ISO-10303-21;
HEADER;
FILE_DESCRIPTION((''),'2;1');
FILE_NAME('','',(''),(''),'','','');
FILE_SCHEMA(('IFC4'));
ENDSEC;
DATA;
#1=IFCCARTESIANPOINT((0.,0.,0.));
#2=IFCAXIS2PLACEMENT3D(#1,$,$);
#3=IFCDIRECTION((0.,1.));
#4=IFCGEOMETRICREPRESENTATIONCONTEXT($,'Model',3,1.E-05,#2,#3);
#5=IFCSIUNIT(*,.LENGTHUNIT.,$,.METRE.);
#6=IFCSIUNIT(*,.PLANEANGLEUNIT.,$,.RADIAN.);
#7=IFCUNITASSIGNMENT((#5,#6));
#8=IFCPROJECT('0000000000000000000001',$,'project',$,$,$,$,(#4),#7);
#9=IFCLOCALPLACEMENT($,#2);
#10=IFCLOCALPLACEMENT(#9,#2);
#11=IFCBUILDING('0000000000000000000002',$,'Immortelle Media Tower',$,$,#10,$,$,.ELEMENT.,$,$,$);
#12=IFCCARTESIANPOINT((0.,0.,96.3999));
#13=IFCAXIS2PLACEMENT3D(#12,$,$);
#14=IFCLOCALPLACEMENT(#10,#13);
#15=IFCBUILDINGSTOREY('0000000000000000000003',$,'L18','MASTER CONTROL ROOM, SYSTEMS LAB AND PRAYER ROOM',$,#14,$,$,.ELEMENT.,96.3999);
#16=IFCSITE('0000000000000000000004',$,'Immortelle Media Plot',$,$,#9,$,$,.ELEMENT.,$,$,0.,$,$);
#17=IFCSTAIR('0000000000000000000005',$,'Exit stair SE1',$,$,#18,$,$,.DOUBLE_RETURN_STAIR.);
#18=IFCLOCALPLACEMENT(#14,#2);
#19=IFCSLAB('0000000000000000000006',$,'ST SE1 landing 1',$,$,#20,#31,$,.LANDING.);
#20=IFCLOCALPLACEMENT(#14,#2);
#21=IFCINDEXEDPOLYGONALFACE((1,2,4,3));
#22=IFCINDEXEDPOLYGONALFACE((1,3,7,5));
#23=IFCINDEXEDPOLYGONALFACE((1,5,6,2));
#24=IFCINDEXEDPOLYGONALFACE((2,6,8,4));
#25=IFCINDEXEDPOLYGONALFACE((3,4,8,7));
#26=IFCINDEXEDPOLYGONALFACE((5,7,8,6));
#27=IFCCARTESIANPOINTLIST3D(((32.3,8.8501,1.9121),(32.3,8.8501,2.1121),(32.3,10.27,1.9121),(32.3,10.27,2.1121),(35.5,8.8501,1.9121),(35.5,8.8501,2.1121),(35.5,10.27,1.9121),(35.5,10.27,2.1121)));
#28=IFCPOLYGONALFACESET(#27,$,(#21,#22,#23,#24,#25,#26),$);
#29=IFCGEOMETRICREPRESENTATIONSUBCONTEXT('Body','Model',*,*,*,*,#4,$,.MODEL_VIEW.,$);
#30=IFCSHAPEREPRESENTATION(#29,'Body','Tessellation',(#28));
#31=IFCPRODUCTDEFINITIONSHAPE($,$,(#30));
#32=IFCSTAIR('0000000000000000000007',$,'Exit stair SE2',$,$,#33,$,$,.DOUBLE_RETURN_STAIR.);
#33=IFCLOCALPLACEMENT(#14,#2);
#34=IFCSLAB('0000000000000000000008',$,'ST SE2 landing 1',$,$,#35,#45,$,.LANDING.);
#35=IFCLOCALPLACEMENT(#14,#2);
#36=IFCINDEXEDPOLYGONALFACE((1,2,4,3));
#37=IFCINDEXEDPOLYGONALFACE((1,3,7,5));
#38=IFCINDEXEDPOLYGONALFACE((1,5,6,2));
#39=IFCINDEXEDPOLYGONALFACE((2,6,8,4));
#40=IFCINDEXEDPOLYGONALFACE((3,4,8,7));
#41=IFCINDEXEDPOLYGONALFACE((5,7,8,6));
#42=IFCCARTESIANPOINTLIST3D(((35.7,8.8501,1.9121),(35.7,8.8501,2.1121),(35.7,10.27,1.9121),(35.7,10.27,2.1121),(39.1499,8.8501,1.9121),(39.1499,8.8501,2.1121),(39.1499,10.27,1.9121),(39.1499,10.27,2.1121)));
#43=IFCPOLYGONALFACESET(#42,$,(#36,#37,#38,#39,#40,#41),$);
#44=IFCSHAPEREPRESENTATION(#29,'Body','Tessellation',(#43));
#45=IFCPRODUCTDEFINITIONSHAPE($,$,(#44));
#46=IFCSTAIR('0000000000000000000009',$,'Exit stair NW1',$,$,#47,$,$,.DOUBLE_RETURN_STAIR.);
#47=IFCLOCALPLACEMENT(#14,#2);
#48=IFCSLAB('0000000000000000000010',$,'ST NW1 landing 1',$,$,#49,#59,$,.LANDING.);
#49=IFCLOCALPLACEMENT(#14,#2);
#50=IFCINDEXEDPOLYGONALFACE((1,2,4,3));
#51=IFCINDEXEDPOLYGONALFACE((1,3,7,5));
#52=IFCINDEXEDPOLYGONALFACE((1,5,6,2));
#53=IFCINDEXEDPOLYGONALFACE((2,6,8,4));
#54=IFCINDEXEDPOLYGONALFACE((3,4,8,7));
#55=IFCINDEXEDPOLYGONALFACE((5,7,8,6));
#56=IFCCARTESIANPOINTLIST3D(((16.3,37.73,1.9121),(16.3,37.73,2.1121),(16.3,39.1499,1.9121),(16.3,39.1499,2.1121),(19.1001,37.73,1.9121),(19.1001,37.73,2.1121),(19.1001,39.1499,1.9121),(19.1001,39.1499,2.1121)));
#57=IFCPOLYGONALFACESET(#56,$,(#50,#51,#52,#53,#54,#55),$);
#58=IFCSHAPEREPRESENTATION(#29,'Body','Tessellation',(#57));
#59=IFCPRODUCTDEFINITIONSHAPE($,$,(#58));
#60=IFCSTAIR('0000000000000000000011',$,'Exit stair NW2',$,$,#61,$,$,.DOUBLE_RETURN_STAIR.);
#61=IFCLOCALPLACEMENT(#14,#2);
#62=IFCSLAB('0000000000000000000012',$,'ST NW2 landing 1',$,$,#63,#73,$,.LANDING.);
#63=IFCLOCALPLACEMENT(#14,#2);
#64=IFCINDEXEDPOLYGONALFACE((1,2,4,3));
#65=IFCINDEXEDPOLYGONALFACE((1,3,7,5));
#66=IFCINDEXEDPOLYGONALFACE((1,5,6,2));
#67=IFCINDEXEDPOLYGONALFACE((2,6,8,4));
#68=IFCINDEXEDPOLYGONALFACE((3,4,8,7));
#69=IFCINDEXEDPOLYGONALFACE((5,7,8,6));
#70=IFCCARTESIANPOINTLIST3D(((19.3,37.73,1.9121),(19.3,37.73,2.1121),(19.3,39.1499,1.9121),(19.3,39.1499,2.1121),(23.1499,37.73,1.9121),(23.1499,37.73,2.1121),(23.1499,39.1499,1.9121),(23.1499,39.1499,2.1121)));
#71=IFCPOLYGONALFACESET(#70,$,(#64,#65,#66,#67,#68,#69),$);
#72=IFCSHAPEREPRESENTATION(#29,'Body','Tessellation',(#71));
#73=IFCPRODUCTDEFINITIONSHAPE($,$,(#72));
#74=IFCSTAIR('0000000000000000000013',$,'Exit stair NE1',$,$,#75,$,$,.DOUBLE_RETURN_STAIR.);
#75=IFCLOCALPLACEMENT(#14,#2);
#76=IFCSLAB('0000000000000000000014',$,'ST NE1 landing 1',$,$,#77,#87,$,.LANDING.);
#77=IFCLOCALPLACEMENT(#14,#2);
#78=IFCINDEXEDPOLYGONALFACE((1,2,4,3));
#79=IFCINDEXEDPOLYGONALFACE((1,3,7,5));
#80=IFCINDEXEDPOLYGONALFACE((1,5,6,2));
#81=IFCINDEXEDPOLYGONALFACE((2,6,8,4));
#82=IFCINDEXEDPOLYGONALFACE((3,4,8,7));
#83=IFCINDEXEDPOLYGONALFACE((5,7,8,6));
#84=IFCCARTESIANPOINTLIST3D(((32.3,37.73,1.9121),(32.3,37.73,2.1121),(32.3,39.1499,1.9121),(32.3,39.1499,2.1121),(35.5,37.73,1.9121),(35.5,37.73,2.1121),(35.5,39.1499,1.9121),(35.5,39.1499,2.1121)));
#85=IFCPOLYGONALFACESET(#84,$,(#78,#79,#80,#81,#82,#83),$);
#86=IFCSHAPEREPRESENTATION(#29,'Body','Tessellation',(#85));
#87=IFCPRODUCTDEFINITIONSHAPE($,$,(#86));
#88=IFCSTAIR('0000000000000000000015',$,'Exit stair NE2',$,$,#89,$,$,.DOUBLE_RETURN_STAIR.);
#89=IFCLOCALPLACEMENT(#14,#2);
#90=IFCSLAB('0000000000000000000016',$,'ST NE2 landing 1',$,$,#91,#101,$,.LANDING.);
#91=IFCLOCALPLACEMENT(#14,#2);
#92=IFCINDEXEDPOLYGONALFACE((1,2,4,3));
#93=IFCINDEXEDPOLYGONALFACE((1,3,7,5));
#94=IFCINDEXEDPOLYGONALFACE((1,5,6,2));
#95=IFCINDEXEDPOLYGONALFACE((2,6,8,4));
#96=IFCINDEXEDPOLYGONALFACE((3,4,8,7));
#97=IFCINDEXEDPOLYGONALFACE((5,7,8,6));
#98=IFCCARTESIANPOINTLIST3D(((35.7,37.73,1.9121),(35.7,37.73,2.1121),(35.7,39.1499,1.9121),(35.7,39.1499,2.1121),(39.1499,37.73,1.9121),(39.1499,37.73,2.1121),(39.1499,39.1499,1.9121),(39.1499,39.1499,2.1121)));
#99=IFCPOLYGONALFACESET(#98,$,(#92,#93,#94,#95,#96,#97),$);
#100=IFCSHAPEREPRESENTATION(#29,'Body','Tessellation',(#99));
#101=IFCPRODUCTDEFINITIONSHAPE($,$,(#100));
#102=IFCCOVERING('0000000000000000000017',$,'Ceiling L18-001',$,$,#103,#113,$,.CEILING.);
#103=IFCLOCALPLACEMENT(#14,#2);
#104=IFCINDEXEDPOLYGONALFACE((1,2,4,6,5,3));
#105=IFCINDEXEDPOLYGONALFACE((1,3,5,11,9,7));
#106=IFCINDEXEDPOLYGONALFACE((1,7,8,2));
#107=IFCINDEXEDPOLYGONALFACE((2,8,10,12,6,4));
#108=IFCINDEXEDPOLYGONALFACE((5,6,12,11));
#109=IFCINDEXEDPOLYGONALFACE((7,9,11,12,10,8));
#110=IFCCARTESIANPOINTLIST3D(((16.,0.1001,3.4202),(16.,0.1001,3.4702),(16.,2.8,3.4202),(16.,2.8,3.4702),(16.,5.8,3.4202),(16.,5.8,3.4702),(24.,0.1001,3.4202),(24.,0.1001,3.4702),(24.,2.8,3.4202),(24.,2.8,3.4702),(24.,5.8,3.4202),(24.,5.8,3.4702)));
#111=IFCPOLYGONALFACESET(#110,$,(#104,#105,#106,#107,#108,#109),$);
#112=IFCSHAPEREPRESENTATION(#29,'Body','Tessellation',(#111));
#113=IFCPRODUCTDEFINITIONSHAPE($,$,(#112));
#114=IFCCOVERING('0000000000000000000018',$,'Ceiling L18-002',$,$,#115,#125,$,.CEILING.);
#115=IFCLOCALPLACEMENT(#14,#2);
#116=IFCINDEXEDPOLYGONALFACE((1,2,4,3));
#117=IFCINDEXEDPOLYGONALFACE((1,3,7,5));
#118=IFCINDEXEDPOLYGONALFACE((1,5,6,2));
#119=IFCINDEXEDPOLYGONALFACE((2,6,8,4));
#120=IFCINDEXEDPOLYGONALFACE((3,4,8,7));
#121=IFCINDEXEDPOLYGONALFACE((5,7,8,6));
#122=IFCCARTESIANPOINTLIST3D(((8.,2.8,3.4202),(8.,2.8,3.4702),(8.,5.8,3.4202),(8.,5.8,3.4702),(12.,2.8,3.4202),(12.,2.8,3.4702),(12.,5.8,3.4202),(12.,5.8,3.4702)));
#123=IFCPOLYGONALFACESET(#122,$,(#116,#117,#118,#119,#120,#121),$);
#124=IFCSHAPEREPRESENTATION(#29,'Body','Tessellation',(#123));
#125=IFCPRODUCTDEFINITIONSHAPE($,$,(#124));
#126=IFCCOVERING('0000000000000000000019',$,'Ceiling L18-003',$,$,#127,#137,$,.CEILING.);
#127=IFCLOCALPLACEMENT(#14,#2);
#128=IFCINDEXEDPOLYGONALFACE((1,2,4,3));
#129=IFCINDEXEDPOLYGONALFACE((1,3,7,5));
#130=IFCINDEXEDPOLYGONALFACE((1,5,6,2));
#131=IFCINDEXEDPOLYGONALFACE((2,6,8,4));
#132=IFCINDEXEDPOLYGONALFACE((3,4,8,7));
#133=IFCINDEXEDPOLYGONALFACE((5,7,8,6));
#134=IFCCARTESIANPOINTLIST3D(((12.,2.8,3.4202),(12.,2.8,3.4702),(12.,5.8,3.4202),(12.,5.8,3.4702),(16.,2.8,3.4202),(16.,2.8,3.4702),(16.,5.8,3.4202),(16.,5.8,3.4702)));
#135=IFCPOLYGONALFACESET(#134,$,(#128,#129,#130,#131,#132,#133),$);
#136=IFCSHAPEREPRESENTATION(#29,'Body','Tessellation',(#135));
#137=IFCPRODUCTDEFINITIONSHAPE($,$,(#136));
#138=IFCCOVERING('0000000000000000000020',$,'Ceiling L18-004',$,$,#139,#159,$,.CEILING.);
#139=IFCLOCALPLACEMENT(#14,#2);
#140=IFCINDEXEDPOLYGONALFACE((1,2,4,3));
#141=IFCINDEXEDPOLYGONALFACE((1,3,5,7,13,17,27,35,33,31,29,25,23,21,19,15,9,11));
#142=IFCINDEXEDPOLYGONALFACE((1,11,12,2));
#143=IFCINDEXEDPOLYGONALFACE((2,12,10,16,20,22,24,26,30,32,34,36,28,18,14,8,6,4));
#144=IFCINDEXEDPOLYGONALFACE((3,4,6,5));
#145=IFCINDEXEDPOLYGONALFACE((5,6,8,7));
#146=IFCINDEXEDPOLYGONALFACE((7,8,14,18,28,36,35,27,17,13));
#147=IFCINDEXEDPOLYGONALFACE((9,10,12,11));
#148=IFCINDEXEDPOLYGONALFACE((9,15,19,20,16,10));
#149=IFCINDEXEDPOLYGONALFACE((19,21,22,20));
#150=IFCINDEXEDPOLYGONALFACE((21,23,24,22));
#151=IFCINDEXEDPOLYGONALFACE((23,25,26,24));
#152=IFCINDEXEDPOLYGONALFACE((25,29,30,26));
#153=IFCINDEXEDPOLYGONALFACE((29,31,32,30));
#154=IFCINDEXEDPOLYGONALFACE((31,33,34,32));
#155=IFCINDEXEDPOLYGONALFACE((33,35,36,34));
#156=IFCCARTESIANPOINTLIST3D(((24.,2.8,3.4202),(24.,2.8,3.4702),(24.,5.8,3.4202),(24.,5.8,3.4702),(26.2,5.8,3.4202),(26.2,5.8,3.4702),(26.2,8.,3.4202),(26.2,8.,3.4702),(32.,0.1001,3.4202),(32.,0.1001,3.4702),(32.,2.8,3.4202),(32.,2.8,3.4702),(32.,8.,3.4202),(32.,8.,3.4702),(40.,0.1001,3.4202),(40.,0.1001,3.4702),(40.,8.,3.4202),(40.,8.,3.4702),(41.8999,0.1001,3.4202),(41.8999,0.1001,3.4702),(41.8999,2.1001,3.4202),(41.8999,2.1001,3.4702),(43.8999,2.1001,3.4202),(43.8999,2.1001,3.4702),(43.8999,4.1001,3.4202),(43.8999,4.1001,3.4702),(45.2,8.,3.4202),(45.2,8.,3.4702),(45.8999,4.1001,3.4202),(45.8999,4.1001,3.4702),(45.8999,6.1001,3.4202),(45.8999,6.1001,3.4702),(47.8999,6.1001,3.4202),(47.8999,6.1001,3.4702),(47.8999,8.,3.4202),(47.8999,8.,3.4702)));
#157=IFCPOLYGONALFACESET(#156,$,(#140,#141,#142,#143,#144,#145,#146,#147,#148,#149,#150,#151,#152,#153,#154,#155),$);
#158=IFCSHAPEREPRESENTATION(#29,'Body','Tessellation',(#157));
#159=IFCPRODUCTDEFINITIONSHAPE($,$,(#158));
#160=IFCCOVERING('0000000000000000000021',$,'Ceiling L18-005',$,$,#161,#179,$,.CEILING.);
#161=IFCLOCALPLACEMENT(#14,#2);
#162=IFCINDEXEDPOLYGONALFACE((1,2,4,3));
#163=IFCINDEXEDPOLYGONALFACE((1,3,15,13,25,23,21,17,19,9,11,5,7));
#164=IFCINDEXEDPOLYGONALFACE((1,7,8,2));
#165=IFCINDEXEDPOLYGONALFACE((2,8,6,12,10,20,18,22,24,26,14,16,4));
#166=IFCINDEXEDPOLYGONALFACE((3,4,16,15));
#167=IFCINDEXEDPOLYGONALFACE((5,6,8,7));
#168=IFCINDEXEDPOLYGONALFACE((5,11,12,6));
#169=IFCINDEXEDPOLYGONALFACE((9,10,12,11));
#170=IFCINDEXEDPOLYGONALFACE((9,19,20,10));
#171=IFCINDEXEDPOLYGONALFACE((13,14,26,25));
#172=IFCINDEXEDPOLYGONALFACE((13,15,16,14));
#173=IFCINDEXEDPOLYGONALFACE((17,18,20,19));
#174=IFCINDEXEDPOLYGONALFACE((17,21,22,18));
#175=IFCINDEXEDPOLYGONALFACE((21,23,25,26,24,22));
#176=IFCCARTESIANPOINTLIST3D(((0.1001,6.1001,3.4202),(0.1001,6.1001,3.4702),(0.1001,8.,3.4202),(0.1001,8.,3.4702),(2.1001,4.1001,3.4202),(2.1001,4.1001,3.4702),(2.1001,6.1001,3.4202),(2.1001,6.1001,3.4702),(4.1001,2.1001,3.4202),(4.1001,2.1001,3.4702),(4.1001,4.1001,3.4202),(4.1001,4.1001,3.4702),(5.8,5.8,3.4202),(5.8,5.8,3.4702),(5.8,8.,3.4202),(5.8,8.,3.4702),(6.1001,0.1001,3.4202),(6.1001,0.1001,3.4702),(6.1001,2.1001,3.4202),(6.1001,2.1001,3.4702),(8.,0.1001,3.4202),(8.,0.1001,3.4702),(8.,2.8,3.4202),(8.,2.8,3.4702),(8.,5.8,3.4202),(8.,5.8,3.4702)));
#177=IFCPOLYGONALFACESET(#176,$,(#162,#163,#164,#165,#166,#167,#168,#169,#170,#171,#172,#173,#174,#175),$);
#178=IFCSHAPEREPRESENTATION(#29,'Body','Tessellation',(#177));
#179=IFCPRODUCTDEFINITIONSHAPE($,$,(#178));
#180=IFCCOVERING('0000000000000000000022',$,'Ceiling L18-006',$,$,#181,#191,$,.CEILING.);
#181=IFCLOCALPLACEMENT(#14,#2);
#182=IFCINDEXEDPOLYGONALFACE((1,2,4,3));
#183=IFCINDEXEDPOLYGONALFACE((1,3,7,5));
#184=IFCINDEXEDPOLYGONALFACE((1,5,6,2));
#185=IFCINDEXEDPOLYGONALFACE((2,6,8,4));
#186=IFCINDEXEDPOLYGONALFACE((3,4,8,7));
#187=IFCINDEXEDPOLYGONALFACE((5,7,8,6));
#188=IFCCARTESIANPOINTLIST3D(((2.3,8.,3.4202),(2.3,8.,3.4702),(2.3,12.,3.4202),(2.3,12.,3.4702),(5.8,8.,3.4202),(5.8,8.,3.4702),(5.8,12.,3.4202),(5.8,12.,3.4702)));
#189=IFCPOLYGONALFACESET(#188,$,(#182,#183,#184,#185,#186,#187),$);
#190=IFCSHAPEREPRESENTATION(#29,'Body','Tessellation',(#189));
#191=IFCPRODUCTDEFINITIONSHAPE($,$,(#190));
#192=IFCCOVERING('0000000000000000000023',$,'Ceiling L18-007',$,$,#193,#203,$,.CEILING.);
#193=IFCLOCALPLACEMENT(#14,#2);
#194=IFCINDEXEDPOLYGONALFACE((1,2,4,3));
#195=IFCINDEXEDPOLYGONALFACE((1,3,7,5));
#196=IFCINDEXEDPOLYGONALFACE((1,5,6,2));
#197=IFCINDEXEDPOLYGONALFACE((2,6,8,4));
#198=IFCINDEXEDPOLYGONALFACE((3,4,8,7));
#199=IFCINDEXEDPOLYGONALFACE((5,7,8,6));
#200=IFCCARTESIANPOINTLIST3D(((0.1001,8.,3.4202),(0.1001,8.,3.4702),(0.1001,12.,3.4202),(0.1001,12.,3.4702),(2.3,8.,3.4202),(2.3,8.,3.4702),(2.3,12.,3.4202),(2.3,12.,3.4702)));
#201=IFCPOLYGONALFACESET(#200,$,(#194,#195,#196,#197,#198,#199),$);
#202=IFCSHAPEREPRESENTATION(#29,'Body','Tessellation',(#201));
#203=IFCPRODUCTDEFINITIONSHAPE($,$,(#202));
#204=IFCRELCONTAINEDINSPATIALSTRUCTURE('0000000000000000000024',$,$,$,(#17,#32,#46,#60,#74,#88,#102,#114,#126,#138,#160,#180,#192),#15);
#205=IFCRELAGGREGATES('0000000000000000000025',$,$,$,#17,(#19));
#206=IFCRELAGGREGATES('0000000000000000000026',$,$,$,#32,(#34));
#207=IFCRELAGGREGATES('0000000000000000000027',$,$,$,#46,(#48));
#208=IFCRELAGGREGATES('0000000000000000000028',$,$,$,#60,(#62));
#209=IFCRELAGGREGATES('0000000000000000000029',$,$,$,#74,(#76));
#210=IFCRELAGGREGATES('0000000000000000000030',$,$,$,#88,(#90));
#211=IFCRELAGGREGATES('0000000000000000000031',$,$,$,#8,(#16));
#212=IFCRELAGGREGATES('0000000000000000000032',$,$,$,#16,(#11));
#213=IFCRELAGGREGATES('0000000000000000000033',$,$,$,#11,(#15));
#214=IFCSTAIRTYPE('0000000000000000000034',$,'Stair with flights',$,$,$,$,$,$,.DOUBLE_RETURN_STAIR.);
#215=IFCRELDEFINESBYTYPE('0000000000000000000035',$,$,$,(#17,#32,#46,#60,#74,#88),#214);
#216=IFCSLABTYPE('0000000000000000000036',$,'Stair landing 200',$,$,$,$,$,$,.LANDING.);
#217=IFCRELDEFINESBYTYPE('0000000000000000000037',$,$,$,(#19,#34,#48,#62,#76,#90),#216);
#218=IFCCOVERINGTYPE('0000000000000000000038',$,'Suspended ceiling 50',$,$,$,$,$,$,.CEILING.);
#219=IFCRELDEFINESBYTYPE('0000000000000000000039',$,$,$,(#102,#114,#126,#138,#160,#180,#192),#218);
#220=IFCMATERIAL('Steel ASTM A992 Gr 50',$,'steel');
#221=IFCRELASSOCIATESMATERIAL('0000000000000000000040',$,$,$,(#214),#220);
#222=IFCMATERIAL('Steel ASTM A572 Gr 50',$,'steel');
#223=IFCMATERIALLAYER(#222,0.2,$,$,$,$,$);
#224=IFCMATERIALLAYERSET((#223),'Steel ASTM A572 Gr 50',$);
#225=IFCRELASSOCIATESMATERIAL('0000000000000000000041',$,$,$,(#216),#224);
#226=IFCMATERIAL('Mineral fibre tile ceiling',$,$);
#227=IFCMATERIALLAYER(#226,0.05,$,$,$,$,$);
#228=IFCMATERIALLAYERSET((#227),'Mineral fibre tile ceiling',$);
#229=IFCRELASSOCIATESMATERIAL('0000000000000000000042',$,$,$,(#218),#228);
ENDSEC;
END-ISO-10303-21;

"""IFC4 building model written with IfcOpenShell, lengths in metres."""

from ifc_helpers import new_model, si_unit, direction, frame, origin, place, context, subcontext, project, spatial, polyline, outline, extrude, material, layer, layer_set, type_object, element, aggregate, save


model = new_model("IFC4")

# Units and contexts
model_context = context("Model", 3, precision=1e-05, world=origin(), true_north=direction((0.0, 1.0)))
body_context = subcontext(model_context, "Body", "Model", "MODEL_VIEW")
ifc_project = project(units=[si_unit("LENGTHUNIT", "METRE"), si_unit("PLANEANGLEUNIT", "RADIAN")], contexts=[model_context])

# Site, building, storey
site_placement = place(None, origin())
site = spatial("IfcSite", under=ifc_project, at=site_placement, Name="Immortelle Media Plot", CompositionType="ELEMENT", RefElevation=0.0)
building_placement = place(site_placement, origin())
building = spatial("IfcBuilding", under=site, at=building_placement, Name="Immortelle Media Tower", CompositionType="ELEMENT")
storey_placement = place(building_placement, frame((0.0, 0.0, 96.3999)))
storey = spatial("IfcBuildingStorey", under=building, at=storey_placement, Name="L18", Description="MASTER CONTROL ROOM, SYSTEMS LAB AND PRAYER ROOM", CompositionType="ELEMENT", Elevation=96.3999)

# Stairs, slabs
ifc_material_1 = material(Name="Steel ASTM A992 Gr 50", Category="steel")
stair_type = type_object("IfcStairType", Name="Stair with flights", PredefinedType="DOUBLE_RETURN_STAIR", material=ifc_material_1)
ifc_material_2 = material(Name="Steel ASTM A572 Gr 50", Category="steel")
ifc_layer_1 = layer(ifc_material_2, 0.2)
ifc_layer_set_1 = layer_set([ifc_layer_1], Name="Steel ASTM A572 Gr 50")
slab_type_1 = type_object("IfcSlabType", Name="Stair landing 200", PredefinedType="LANDING", material=ifc_layer_set_1)
stair_1_placement = place(storey_placement, origin())
stair_1 = element("IfcStair", 1, at=stair_1_placement, inside=storey, type_object=stair_type, Name="Exit stair SE1", PredefinedType="DOUBLE_RETURN_STAIR")
slab_1_placement = place(storey_placement, frame((0.0, 0.0, 1.9121)))
slab_1 = element("IfcSlab", 2, at=slab_1_placement, type_object=slab_type_1, Name="ST SE1 landing 1", PredefinedType="LANDING", context=body_context, shape_type="SweptSolid", body=[
    extrude(outline(polyline([(32.3, 8.8501), (35.5, 8.8501), (35.5, 10.27), (32.3, 10.27), (32.3, 8.8501)])), origin(), (0.0, 0.0, 1.0), 0.2),
])
aggregate(stair_1, [slab_1])
stair_2_placement = place(storey_placement, origin())
stair_2 = element("IfcStair", 3, at=stair_2_placement, inside=storey, type_object=stair_type, Name="Exit stair SE2", PredefinedType="DOUBLE_RETURN_STAIR")
slab_2_placement = place(storey_placement, frame((0.0, 0.0, 1.9121)))
slab_2 = element("IfcSlab", 4, at=slab_2_placement, type_object=slab_type_1, Name="ST SE2 landing 1", PredefinedType="LANDING", context=body_context, shape_type="SweptSolid", body=[
    extrude(outline(polyline([(35.7, 8.8501), (39.1499, 8.8501), (39.1499, 10.27), (35.7, 10.27), (35.7, 8.8501)])), origin(), (0.0, 0.0, 1.0), 0.2),
])
aggregate(stair_2, [slab_2])
stair_3_placement = place(storey_placement, origin())
stair_3 = element("IfcStair", 5, at=stair_3_placement, inside=storey, type_object=stair_type, Name="Exit stair NW1", PredefinedType="DOUBLE_RETURN_STAIR")
slab_3_placement = place(storey_placement, frame((0.0, 0.0, 1.9121)))
slab_3 = element("IfcSlab", 6, at=slab_3_placement, type_object=slab_type_1, Name="ST NW1 landing 1", PredefinedType="LANDING", context=body_context, shape_type="SweptSolid", body=[
    extrude(outline(polyline([(16.3, 37.73), (19.1001, 37.73), (19.1001, 39.1499), (16.3, 39.1499), (16.3, 37.73)])), origin(), (0.0, 0.0, 1.0), 0.2),
])
aggregate(stair_3, [slab_3])
stair_4_placement = place(storey_placement, origin())
stair_4 = element("IfcStair", 7, at=stair_4_placement, inside=storey, type_object=stair_type, Name="Exit stair NW2", PredefinedType="DOUBLE_RETURN_STAIR")
slab_4_placement = place(storey_placement, frame((0.0, 0.0, 1.9121)))
slab_4 = element("IfcSlab", 8, at=slab_4_placement, type_object=slab_type_1, Name="ST NW2 landing 1", PredefinedType="LANDING", context=body_context, shape_type="SweptSolid", body=[
    extrude(outline(polyline([(19.3, 37.73), (23.1499, 37.73), (23.1499, 39.1499), (19.3, 39.1499), (19.3, 37.73)])), origin(), (0.0, 0.0, 1.0), 0.2),
])
aggregate(stair_4, [slab_4])
stair_5_placement = place(storey_placement, origin())
stair_5 = element("IfcStair", 9, at=stair_5_placement, inside=storey, type_object=stair_type, Name="Exit stair NE1", PredefinedType="DOUBLE_RETURN_STAIR")
slab_5_placement = place(storey_placement, frame((0.0, 0.0, 1.9121)))
slab_5 = element("IfcSlab", 10, at=slab_5_placement, type_object=slab_type_1, Name="ST NE1 landing 1", PredefinedType="LANDING", context=body_context, shape_type="SweptSolid", body=[
    extrude(outline(polyline([(32.3, 37.73), (35.5, 37.73), (35.5, 39.1499), (32.3, 39.1499), (32.3, 37.73)])), origin(), (0.0, 0.0, 1.0), 0.2),
])
aggregate(stair_5, [slab_5])
stair_6_placement = place(storey_placement, origin())
stair_6 = element("IfcStair", 11, at=stair_6_placement, inside=storey, type_object=stair_type, Name="Exit stair NE2", PredefinedType="DOUBLE_RETURN_STAIR")
slab_6_placement = place(storey_placement, frame((0.0, 0.0, 1.9121)))
slab_6 = element("IfcSlab", 12, at=slab_6_placement, type_object=slab_type_1, Name="ST NE2 landing 1", PredefinedType="LANDING", context=body_context, shape_type="SweptSolid", body=[
    extrude(outline(polyline([(35.7, 37.73), (39.1499, 37.73), (39.1499, 39.1499), (35.7, 39.1499), (35.7, 37.73)])), origin(), (0.0, 0.0, 1.0), 0.2),
])
aggregate(stair_6, [slab_6])

# Coverings
ifc_material_3 = material(Name="Mineral fibre tile ceiling")
ifc_layer_2 = layer(ifc_material_3, 0.05)
ifc_layer_set_2 = layer_set([ifc_layer_2], Name="Mineral fibre tile ceiling")
covering_type = type_object("IfcCoveringType", Name="Suspended ceiling 50", PredefinedType="CEILING", material=ifc_layer_set_2)
covering_1_placement = place(storey_placement, frame((0.0, 0.0, 3.4202)))
element("IfcCovering", 13, at=covering_1_placement, inside=storey, type_object=covering_type, Name="Ceiling L18-001", PredefinedType="CEILING", context=body_context, shape_type="SweptSolid", body=[
    extrude(outline(polyline([(16.0, 0.1001), (16.0, 2.8), (16.0, 5.8), (24.0, 5.8), (24.0, 2.8), (24.0, 0.1001), (16.0, 0.1001)])), origin(), (0.0, 0.0, 1.0), 0.05),
])
covering_2_placement = place(storey_placement, frame((0.0, 0.0, 3.4202)))
element("IfcCovering", 14, at=covering_2_placement, inside=storey, type_object=covering_type, Name="Ceiling L18-002", PredefinedType="CEILING", context=body_context, shape_type="SweptSolid", body=[
    extrude(outline(polyline([(8.0, 5.8), (12.0, 5.8), (12.0, 2.8), (8.0, 2.8), (8.0, 5.8)])), origin(), (0.0, 0.0, 1.0), 0.05),
])
covering_3_placement = place(storey_placement, frame((0.0, 0.0, 3.4202)))
element("IfcCovering", 15, at=covering_3_placement, inside=storey, type_object=covering_type, Name="Ceiling L18-003", PredefinedType="CEILING", context=body_context, shape_type="SweptSolid", body=[
    extrude(outline(polyline([(16.0, 5.8), (16.0, 2.8), (12.0, 2.8), (12.0, 5.8), (16.0, 5.8)])), origin(), (0.0, 0.0, 1.0), 0.05),
])
covering_4_placement = place(storey_placement, frame((0.0, 0.0, 3.4202)))
element("IfcCovering", 16, at=covering_4_placement, inside=storey, type_object=covering_type, Name="Ceiling L18-004", PredefinedType="CEILING", context=body_context, shape_type="SweptSolid", body=[
    extrude(outline(polyline([(24.0, 2.8), (24.0, 5.8), (26.2, 5.8), (26.2, 8.0), (32.0, 8.0), (40.0, 8.0), (45.2, 8.0), (47.8999, 8.0), (47.8999, 6.1001), (45.8999, 6.1001), (45.8999, 4.1001), (43.8999, 4.1001), (43.8999, 2.1001), (41.8999, 2.1001), (41.8999, 0.1001), (40.0, 0.1001), (32.0, 0.1001), (32.0, 2.8), (24.0, 2.8)])), origin(), (0.0, 0.0, 1.0), 0.05),
])
covering_5_placement = place(storey_placement, frame((0.0, 0.0, 3.4202)))
element("IfcCovering", 17, at=covering_5_placement, inside=storey, type_object=covering_type, Name="Ceiling L18-005", PredefinedType="CEILING", context=body_context, shape_type="SweptSolid", body=[
    extrude(outline(polyline([(4.1001, 2.1001), (4.1001, 4.1001), (2.1001, 4.1001), (2.1001, 6.1001), (0.1001, 6.1001), (0.1001, 8.0), (5.8, 8.0), (5.8, 5.8), (8.0, 5.8), (8.0, 2.8), (8.0, 0.1001), (6.1001, 0.1001), (6.1001, 2.1001), (4.1001, 2.1001)])), origin(), (0.0, 0.0, 1.0), 0.05),
])
covering_6_placement = place(storey_placement, frame((0.0, 0.0, 3.4202)))
element("IfcCovering", 18, at=covering_6_placement, inside=storey, type_object=covering_type, Name="Ceiling L18-006", PredefinedType="CEILING", context=body_context, shape_type="SweptSolid", body=[
    extrude(outline(polyline([(5.8, 12.0), (5.8, 8.0), (2.3, 8.0), (2.3, 12.0), (5.8, 12.0)])), origin(), (0.0, 0.0, 1.0), 0.05),
])
covering_7_placement = place(storey_placement, frame((0.0, 0.0, 3.4202)))
element("IfcCovering", 19, at=covering_7_placement, inside=storey, type_object=covering_type, Name="Ceiling L18-007", PredefinedType="CEILING", context=body_context, shape_type="SweptSolid", body=[
    extrude(outline(polyline([(2.3, 12.0), (2.3, 8.0), (0.1001, 8.0), (0.1001, 12.0), (2.3, 12.0)])), origin(), (0.0, 0.0, 1.0), 0.05),
])

save(model, "model.ifc")
